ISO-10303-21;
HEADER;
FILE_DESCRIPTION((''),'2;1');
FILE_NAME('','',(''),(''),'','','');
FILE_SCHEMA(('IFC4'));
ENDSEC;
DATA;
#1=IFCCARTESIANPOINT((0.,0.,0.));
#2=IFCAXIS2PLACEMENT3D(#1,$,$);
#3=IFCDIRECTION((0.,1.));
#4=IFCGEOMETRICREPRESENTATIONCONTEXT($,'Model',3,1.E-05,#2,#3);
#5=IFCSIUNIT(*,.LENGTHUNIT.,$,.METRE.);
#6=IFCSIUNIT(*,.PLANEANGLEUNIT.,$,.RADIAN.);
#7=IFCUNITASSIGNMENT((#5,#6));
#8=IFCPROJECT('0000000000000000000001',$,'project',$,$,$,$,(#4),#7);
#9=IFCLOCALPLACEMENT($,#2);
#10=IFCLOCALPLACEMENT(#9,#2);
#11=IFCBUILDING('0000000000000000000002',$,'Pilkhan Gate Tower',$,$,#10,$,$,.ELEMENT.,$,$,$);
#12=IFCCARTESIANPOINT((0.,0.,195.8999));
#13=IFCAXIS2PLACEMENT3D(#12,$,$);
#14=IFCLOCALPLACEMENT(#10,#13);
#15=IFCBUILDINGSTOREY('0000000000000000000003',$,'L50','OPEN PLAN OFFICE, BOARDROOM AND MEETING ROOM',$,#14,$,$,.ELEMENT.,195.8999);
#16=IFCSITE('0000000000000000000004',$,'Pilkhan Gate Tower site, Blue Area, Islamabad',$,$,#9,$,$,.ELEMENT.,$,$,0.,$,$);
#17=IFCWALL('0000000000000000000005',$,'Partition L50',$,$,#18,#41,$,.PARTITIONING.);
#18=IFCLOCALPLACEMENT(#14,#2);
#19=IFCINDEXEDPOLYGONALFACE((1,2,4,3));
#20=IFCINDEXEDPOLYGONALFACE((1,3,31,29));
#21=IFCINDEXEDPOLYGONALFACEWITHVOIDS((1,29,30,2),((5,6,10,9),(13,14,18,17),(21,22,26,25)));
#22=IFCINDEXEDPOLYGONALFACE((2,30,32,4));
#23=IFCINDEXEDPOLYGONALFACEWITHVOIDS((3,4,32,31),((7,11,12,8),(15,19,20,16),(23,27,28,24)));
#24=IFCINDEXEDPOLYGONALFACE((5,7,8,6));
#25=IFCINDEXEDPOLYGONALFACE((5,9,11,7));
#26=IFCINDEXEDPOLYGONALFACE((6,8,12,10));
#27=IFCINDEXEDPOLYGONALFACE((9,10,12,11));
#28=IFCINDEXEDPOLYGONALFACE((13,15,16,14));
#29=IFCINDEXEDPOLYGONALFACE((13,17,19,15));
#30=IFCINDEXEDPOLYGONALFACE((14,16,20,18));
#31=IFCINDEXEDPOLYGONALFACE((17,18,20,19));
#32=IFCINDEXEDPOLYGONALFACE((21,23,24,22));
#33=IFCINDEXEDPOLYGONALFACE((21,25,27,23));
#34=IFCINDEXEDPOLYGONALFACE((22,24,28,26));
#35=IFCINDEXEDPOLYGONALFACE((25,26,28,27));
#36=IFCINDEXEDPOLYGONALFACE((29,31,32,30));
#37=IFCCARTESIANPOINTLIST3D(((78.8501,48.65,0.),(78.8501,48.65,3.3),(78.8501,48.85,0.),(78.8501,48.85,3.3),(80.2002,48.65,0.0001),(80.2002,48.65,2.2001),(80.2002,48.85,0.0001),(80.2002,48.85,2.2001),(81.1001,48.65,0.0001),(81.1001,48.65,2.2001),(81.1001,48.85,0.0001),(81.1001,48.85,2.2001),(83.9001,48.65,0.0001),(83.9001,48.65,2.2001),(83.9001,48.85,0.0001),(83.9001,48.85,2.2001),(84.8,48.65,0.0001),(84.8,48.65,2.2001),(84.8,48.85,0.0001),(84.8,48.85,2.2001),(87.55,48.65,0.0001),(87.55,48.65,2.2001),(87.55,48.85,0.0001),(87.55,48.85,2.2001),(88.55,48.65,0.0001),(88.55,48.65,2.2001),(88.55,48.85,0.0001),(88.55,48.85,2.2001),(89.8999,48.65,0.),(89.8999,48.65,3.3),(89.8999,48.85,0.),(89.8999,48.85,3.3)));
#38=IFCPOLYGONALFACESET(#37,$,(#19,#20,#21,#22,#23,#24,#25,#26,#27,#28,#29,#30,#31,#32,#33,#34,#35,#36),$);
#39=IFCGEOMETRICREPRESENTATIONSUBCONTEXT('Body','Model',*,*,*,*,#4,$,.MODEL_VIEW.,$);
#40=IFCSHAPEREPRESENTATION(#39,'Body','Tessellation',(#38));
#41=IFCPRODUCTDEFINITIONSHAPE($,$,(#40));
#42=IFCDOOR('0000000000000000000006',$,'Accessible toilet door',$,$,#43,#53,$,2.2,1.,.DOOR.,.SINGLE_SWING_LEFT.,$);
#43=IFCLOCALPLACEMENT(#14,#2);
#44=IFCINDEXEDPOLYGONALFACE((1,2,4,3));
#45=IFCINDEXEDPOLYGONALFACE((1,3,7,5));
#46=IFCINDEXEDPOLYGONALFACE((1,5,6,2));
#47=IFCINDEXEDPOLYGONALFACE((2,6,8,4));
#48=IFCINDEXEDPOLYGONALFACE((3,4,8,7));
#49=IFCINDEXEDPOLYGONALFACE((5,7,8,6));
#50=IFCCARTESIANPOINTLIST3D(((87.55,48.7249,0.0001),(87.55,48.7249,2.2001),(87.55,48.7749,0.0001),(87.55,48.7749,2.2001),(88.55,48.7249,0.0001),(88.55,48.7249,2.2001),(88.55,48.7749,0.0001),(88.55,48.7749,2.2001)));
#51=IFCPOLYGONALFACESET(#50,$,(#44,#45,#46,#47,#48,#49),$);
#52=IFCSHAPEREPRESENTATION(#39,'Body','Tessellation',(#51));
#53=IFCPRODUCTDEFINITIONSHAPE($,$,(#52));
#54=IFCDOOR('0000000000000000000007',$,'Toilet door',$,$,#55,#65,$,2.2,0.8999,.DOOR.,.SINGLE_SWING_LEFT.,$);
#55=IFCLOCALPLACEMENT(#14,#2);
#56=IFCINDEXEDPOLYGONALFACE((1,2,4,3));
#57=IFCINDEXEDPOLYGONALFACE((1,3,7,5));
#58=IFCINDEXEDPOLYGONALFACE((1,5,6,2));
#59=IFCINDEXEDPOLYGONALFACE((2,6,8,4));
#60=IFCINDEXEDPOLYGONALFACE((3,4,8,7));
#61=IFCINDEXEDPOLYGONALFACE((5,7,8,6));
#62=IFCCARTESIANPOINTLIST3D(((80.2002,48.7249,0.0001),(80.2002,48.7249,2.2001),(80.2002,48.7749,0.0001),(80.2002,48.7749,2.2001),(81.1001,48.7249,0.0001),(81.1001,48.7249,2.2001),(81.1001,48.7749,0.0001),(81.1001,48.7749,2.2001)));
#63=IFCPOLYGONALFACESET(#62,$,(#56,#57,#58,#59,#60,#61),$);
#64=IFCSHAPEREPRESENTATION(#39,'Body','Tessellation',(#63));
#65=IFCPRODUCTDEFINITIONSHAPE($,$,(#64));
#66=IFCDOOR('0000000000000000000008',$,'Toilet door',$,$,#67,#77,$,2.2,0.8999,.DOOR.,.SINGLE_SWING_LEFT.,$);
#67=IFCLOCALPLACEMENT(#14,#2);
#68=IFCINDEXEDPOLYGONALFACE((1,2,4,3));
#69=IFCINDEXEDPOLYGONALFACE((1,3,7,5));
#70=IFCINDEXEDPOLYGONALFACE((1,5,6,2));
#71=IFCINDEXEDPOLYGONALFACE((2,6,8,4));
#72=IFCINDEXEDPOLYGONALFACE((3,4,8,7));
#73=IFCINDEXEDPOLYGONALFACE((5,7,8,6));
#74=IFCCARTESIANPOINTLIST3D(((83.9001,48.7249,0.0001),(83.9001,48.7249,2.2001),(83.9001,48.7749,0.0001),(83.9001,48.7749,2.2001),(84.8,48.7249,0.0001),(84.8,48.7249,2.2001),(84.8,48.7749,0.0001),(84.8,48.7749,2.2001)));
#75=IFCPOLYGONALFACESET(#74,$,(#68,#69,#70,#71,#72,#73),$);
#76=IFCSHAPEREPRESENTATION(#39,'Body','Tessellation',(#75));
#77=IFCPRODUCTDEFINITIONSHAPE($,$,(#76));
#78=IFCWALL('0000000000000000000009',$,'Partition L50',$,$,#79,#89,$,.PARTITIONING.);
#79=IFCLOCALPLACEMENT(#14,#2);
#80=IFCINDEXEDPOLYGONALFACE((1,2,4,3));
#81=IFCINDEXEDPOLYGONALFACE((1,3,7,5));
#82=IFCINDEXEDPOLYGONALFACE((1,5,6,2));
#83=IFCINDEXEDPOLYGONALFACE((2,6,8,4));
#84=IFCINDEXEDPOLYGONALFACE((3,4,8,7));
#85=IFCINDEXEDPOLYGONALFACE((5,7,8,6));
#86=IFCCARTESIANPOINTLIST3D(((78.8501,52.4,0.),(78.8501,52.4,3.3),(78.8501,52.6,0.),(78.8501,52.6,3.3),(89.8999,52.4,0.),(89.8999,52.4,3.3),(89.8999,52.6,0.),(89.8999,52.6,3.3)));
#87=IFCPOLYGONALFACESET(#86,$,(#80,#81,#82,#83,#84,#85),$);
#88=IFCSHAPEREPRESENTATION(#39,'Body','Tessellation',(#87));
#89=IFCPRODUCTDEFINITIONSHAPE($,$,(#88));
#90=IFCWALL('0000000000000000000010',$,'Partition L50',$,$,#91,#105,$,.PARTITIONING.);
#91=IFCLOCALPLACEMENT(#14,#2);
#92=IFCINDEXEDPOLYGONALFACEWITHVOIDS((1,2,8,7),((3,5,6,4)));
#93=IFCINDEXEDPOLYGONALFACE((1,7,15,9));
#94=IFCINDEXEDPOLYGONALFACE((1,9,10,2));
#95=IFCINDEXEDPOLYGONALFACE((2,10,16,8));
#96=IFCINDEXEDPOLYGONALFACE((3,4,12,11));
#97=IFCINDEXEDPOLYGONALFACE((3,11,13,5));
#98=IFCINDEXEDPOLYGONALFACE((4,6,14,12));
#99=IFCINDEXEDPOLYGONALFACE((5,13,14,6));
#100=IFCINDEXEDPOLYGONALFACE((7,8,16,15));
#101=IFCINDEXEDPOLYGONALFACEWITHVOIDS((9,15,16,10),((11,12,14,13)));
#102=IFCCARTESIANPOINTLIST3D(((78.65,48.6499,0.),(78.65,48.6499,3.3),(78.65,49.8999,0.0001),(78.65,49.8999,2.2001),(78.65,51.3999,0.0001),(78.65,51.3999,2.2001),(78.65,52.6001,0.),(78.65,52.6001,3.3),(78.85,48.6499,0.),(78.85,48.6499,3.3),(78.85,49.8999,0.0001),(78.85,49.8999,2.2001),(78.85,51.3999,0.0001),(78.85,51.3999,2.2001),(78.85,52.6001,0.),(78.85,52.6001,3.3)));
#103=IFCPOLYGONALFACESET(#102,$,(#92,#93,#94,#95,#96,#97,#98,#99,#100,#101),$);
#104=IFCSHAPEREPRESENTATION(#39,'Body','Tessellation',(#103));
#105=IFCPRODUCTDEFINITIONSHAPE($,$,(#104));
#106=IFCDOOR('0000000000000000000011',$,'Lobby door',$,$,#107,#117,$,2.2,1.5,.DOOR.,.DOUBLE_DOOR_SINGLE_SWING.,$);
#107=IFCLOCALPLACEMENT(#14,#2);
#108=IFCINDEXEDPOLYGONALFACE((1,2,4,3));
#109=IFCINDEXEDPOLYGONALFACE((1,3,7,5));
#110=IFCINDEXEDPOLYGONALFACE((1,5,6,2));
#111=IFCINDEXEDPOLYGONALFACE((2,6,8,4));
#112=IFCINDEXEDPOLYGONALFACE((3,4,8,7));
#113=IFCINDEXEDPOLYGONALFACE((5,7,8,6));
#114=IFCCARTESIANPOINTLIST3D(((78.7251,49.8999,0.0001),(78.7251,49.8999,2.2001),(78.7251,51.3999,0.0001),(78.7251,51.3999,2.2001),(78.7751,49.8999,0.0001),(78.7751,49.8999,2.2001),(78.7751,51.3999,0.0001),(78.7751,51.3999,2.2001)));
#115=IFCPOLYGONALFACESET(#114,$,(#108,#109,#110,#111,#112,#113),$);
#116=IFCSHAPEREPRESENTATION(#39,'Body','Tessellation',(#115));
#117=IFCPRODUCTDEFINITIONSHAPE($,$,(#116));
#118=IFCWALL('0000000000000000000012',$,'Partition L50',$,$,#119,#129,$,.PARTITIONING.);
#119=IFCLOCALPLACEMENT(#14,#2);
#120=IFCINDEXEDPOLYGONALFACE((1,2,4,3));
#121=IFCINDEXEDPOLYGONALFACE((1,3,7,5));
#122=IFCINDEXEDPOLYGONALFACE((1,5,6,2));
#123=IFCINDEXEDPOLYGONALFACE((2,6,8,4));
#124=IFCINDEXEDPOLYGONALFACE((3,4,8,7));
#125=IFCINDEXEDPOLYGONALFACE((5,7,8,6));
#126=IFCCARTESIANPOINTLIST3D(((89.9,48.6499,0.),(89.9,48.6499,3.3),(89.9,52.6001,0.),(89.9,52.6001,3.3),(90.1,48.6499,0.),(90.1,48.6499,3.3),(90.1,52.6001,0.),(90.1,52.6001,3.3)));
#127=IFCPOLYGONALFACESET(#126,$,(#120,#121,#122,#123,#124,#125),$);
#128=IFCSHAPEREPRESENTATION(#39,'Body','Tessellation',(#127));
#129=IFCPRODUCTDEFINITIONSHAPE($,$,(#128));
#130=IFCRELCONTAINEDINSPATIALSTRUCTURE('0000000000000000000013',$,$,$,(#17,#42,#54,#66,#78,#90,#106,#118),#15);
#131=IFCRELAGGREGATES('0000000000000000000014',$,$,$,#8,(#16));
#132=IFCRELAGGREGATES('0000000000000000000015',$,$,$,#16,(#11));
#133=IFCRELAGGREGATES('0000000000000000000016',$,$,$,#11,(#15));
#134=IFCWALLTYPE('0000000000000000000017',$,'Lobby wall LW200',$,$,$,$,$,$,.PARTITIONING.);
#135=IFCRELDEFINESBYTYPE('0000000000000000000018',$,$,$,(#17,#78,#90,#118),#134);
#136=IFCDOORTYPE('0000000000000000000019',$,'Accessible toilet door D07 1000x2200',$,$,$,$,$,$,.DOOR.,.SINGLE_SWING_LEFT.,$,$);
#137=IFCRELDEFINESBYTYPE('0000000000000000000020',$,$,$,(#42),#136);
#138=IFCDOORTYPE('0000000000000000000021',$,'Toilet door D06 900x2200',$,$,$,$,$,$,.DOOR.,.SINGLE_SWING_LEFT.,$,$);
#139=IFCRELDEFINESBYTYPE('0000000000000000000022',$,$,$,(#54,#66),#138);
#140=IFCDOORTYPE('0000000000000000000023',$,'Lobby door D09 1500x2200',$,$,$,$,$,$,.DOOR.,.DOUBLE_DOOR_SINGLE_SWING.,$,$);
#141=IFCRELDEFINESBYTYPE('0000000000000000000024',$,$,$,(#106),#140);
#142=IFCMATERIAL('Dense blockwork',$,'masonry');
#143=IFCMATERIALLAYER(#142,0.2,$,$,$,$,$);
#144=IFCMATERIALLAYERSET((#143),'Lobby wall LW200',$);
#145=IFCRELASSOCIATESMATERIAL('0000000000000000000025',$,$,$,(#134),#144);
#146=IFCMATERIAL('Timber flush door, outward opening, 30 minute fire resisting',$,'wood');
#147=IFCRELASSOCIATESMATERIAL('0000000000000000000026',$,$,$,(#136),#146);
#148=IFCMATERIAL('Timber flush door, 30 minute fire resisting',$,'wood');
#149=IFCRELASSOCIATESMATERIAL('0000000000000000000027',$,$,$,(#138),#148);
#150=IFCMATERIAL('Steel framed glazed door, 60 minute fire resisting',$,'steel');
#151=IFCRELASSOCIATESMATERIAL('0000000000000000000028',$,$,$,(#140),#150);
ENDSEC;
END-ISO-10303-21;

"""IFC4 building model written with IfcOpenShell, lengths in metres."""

from ifc_helpers import new_model, si_unit, direction, frame, frame_2d, origin, place, context, subcontext, project, spatial, rectangle, extrude, material, layer, layer_set, type_object, element, fill, save


model = new_model("IFC4")

# Units and contexts
model_context = context("Model", 3, precision=1e-05, world=origin(), true_north=direction((0.0, 1.0)))
body_context = subcontext(model_context, "Body", "Model", "MODEL_VIEW")
ifc_project = project(units=[si_unit("LENGTHUNIT", "METRE"), si_unit("PLANEANGLEUNIT", "RADIAN")], contexts=[model_context])

# Site, building, storey
site_placement = place(None, origin())
site = spatial("IfcSite", under=ifc_project, at=site_placement, Name="Pilkhan Gate Tower site, Blue Area, Islamabad", CompositionType="ELEMENT", RefElevation=0.0)
building_placement = place(site_placement, origin())
building = spatial("IfcBuilding", under=site, at=building_placement, Name="Pilkhan Gate Tower", CompositionType="ELEMENT")
storey_placement = place(building_placement, frame((0.0, 0.0, 195.8999)))
storey = spatial("IfcBuildingStorey", under=building, at=storey_placement, Name="L50", Description="OPEN PLAN OFFICE, BOARDROOM AND MEETING ROOM", CompositionType="ELEMENT", Elevation=195.8999)

# Shared definitions
ifc_material_1 = material(Name="Dense blockwork", Category="masonry")
ifc_material_2 = material(Name="Timber flush door, 30 minute fire resisting", Category="wood")

# Wall, openings, doors
ifc_layer_1 = layer(ifc_material_1, 0.2)
ifc_layer_set_1 = layer_set([ifc_layer_1], Name="Lobby wall LW200")
wall_type_1 = type_object("IfcWallType", Name="Lobby wall LW200", PredefinedType="PARTITIONING", material=ifc_layer_set_1)
wall_1_placement = place(storey_placement, frame((78.8501, 48.75, 0.0), z_axis=(0.0, 0.0, 1.0), x_axis=(1.0, 0.0, 0.0)))
wall_1 = element("IfcWall", 1, at=wall_1_placement, inside=storey, type_object=wall_type_1, Name="Partition L50", PredefinedType="PARTITIONING", context=body_context, shape_type="SweptSolid", body=[
    extrude(rectangle(XDim=11.0498, YDim=0.2, at=frame_2d((5.5249, 0.0))), origin(), (0.0, 0.0, 1.0), 3.3),
])
opening_1_placement = place(wall_1_placement, frame((1.3501, 0.0, 0.0)))
opening_1 = element("IfcOpeningElement", 2, at=opening_1_placement, cuts=wall_1, PredefinedType="OPENING", context=body_context, shape_type="SweptSolid", body=[
    extrude(rectangle(XDim=0.8999, YDim=2.2, at=frame_2d((0.45, 1.1001))), frame((0.0, 0.1099, 0.0), z_axis=(0.0, -1.0, 0.0), x_axis=(1.0, 0.0, 0.0)), (0.0, 0.0, 1.0), 0.22),
])
opening_2_placement = place(wall_1_placement, frame((5.05, 0.0, 0.0)))
opening_2 = element("IfcOpeningElement", 3, at=opening_2_placement, cuts=wall_1, PredefinedType="OPENING", context=body_context, shape_type="SweptSolid", body=[
    extrude(rectangle(XDim=0.8999, YDim=2.2, at=frame_2d((0.45, 1.1001))), frame((0.0, 0.1099, 0.0), z_axis=(0.0, -1.0, 0.0), x_axis=(1.0, 0.0, 0.0)), (0.0, 0.0, 1.0), 0.22),
])
opening_3_placement = place(wall_1_placement, frame((8.7, 0.0, 0.0)))
opening_3 = element("IfcOpeningElement", 4, at=opening_3_placement, cuts=wall_1, PredefinedType="OPENING", context=body_context, shape_type="SweptSolid", body=[
    extrude(rectangle(XDim=1.0, YDim=2.2, at=frame_2d((0.5, 1.1001))), frame((0.0, 0.1099, 0.0), z_axis=(0.0, -1.0, 0.0), x_axis=(1.0, 0.0, 0.0)), (0.0, 0.0, 1.0), 0.22),
])
ifc_material_3 = material(Name="Timber flush door, outward opening, 30 minute fire resisting", Category="wood")
door_type_1 = type_object("IfcDoorType", Name="Accessible toilet door D07 1000x2200", OperationType="SINGLE_SWING_LEFT", PredefinedType="DOOR", material=ifc_material_3)
door_1_placement = place(opening_3_placement, origin())
door_1 = element("IfcDoor", 5, at=door_1_placement, inside=storey, type_object=door_type_1, Name="Accessible toilet door", OperationType="SINGLE_SWING_LEFT", OverallHeight=2.2, OverallWidth=1.0, PredefinedType="DOOR", context=body_context, shape_type="SweptSolid", body=[
    extrude(rectangle(XDim=1.0, YDim=2.2, at=frame_2d((0.5, 1.1001))), frame((0.0, 0.0249, 0.0), z_axis=(0.0, -1.0, 0.0), x_axis=(1.0, 0.0, 0.0)), (0.0, 0.0, 1.0), 0.05),
])
fill(opening_3, door_1)
door_type_2 = type_object("IfcDoorType", Name="Toilet door D06 900x2200", OperationType="SINGLE_SWING_LEFT", PredefinedType="DOOR", material=ifc_material_2)
door_2_placement = place(opening_1_placement, origin())
door_2 = element("IfcDoor", 6, at=door_2_placement, inside=storey, type_object=door_type_2, Name="Toilet door", OperationType="SINGLE_SWING_LEFT", OverallHeight=2.2, OverallWidth=0.8999, PredefinedType="DOOR", context=body_context, shape_type="SweptSolid", body=[
    extrude(rectangle(XDim=0.8999, YDim=2.2, at=frame_2d((0.45, 1.1001))), frame((0.0, 0.0249, 0.0), z_axis=(0.0, -1.0, 0.0), x_axis=(1.0, 0.0, 0.0)), (0.0, 0.0, 1.0), 0.05),
])
fill(opening_1, door_2)
door_3_placement = place(opening_2_placement, origin())
door_3 = element("IfcDoor", 7, at=door_3_placement, inside=storey, type_object=door_type_2, Name="Toilet door", OperationType="SINGLE_SWING_LEFT", OverallHeight=2.2, OverallWidth=0.8999, PredefinedType="DOOR", context=body_context, shape_type="SweptSolid", body=[
    extrude(rectangle(XDim=0.8999, YDim=2.2, at=frame_2d((0.45, 1.1001))), frame((0.0, 0.0249, 0.0), z_axis=(0.0, -1.0, 0.0), x_axis=(1.0, 0.0, 0.0)), (0.0, 0.0, 1.0), 0.05),
])
fill(opening_2, door_3)

# Wall
wall_2_placement = place(storey_placement, frame((78.8501, 52.5, 0.0), z_axis=(0.0, 0.0, 1.0), x_axis=(1.0, 0.0, 0.0)))
element("IfcWall", 8, at=wall_2_placement, inside=storey, type_object=wall_type_1, Name="Partition L50", PredefinedType="PARTITIONING", context=body_context, shape_type="SweptSolid", body=[
    extrude(rectangle(XDim=11.0498, YDim=0.2, at=frame_2d((5.5249, 0.0))), origin(), (0.0, 0.0, 1.0), 3.3),
])

# Wall, opening, door
wall_3_placement = place(storey_placement, frame((78.75, 48.6499, 0.0), z_axis=(0.0, 0.0, 1.0), x_axis=(0.0, 1.0, 0.0)))
wall_3 = element("IfcWall", 9, at=wall_3_placement, inside=storey, type_object=wall_type_1, Name="Partition L50", PredefinedType="PARTITIONING", context=body_context, shape_type="SweptSolid", body=[
    extrude(rectangle(XDim=3.9502, YDim=0.2, at=frame_2d((1.9751, 0.0))), origin(), (0.0, 0.0, 1.0), 3.3),
])
opening_4_placement = place(wall_3_placement, frame((1.25, 0.0, 0.0)))
opening_4 = element("IfcOpeningElement", 10, at=opening_4_placement, cuts=wall_3, PredefinedType="OPENING", context=body_context, shape_type="SweptSolid", body=[
    extrude(rectangle(XDim=1.5, YDim=2.2, at=frame_2d((0.75, 1.1001))), frame((0.0, 0.1099, 0.0), z_axis=(0.0, -1.0, 0.0), x_axis=(1.0, 0.0, 0.0)), (0.0, 0.0, 1.0), 0.22),
])
ifc_material_4 = material(Name="Steel framed glazed door, 60 minute fire resisting", Category="steel")
door_type_3 = type_object("IfcDoorType", Name="Lobby door D09 1500x2200", OperationType="DOUBLE_DOOR_SINGLE_SWING", PredefinedType="DOOR", material=ifc_material_4)
door_4_placement = place(opening_4_placement, origin())
door_4 = element("IfcDoor", 11, at=door_4_placement, inside=storey, type_object=door_type_3, Name="Lobby door", OperationType="DOUBLE_DOOR_SINGLE_SWING", OverallHeight=2.2, OverallWidth=1.5, PredefinedType="DOOR", context=body_context, shape_type="SweptSolid", body=[
    extrude(rectangle(XDim=1.5, YDim=2.2, at=frame_2d((0.75, 1.1001))), frame((0.0, 0.0249, 0.0), z_axis=(0.0, -1.0, 0.0), x_axis=(1.0, 0.0, 0.0)), (0.0, 0.0, 1.0), 0.05),
])
fill(opening_4, door_4)

# Wall
wall_4_placement = place(storey_placement, frame((90.0, 48.6499, 0.0), z_axis=(0.0, 0.0, 1.0), x_axis=(0.0, 1.0, 0.0)))
element("IfcWall", 12, at=wall_4_placement, inside=storey, type_object=wall_type_1, Name="Partition L50", PredefinedType="PARTITIONING", context=body_context, shape_type="SweptSolid", body=[
    extrude(rectangle(XDim=3.9502, YDim=0.2, at=frame_2d((1.9751, 0.0))), origin(), (0.0, 0.0, 1.0), 3.3),
])

save(model, "model.ifc")
